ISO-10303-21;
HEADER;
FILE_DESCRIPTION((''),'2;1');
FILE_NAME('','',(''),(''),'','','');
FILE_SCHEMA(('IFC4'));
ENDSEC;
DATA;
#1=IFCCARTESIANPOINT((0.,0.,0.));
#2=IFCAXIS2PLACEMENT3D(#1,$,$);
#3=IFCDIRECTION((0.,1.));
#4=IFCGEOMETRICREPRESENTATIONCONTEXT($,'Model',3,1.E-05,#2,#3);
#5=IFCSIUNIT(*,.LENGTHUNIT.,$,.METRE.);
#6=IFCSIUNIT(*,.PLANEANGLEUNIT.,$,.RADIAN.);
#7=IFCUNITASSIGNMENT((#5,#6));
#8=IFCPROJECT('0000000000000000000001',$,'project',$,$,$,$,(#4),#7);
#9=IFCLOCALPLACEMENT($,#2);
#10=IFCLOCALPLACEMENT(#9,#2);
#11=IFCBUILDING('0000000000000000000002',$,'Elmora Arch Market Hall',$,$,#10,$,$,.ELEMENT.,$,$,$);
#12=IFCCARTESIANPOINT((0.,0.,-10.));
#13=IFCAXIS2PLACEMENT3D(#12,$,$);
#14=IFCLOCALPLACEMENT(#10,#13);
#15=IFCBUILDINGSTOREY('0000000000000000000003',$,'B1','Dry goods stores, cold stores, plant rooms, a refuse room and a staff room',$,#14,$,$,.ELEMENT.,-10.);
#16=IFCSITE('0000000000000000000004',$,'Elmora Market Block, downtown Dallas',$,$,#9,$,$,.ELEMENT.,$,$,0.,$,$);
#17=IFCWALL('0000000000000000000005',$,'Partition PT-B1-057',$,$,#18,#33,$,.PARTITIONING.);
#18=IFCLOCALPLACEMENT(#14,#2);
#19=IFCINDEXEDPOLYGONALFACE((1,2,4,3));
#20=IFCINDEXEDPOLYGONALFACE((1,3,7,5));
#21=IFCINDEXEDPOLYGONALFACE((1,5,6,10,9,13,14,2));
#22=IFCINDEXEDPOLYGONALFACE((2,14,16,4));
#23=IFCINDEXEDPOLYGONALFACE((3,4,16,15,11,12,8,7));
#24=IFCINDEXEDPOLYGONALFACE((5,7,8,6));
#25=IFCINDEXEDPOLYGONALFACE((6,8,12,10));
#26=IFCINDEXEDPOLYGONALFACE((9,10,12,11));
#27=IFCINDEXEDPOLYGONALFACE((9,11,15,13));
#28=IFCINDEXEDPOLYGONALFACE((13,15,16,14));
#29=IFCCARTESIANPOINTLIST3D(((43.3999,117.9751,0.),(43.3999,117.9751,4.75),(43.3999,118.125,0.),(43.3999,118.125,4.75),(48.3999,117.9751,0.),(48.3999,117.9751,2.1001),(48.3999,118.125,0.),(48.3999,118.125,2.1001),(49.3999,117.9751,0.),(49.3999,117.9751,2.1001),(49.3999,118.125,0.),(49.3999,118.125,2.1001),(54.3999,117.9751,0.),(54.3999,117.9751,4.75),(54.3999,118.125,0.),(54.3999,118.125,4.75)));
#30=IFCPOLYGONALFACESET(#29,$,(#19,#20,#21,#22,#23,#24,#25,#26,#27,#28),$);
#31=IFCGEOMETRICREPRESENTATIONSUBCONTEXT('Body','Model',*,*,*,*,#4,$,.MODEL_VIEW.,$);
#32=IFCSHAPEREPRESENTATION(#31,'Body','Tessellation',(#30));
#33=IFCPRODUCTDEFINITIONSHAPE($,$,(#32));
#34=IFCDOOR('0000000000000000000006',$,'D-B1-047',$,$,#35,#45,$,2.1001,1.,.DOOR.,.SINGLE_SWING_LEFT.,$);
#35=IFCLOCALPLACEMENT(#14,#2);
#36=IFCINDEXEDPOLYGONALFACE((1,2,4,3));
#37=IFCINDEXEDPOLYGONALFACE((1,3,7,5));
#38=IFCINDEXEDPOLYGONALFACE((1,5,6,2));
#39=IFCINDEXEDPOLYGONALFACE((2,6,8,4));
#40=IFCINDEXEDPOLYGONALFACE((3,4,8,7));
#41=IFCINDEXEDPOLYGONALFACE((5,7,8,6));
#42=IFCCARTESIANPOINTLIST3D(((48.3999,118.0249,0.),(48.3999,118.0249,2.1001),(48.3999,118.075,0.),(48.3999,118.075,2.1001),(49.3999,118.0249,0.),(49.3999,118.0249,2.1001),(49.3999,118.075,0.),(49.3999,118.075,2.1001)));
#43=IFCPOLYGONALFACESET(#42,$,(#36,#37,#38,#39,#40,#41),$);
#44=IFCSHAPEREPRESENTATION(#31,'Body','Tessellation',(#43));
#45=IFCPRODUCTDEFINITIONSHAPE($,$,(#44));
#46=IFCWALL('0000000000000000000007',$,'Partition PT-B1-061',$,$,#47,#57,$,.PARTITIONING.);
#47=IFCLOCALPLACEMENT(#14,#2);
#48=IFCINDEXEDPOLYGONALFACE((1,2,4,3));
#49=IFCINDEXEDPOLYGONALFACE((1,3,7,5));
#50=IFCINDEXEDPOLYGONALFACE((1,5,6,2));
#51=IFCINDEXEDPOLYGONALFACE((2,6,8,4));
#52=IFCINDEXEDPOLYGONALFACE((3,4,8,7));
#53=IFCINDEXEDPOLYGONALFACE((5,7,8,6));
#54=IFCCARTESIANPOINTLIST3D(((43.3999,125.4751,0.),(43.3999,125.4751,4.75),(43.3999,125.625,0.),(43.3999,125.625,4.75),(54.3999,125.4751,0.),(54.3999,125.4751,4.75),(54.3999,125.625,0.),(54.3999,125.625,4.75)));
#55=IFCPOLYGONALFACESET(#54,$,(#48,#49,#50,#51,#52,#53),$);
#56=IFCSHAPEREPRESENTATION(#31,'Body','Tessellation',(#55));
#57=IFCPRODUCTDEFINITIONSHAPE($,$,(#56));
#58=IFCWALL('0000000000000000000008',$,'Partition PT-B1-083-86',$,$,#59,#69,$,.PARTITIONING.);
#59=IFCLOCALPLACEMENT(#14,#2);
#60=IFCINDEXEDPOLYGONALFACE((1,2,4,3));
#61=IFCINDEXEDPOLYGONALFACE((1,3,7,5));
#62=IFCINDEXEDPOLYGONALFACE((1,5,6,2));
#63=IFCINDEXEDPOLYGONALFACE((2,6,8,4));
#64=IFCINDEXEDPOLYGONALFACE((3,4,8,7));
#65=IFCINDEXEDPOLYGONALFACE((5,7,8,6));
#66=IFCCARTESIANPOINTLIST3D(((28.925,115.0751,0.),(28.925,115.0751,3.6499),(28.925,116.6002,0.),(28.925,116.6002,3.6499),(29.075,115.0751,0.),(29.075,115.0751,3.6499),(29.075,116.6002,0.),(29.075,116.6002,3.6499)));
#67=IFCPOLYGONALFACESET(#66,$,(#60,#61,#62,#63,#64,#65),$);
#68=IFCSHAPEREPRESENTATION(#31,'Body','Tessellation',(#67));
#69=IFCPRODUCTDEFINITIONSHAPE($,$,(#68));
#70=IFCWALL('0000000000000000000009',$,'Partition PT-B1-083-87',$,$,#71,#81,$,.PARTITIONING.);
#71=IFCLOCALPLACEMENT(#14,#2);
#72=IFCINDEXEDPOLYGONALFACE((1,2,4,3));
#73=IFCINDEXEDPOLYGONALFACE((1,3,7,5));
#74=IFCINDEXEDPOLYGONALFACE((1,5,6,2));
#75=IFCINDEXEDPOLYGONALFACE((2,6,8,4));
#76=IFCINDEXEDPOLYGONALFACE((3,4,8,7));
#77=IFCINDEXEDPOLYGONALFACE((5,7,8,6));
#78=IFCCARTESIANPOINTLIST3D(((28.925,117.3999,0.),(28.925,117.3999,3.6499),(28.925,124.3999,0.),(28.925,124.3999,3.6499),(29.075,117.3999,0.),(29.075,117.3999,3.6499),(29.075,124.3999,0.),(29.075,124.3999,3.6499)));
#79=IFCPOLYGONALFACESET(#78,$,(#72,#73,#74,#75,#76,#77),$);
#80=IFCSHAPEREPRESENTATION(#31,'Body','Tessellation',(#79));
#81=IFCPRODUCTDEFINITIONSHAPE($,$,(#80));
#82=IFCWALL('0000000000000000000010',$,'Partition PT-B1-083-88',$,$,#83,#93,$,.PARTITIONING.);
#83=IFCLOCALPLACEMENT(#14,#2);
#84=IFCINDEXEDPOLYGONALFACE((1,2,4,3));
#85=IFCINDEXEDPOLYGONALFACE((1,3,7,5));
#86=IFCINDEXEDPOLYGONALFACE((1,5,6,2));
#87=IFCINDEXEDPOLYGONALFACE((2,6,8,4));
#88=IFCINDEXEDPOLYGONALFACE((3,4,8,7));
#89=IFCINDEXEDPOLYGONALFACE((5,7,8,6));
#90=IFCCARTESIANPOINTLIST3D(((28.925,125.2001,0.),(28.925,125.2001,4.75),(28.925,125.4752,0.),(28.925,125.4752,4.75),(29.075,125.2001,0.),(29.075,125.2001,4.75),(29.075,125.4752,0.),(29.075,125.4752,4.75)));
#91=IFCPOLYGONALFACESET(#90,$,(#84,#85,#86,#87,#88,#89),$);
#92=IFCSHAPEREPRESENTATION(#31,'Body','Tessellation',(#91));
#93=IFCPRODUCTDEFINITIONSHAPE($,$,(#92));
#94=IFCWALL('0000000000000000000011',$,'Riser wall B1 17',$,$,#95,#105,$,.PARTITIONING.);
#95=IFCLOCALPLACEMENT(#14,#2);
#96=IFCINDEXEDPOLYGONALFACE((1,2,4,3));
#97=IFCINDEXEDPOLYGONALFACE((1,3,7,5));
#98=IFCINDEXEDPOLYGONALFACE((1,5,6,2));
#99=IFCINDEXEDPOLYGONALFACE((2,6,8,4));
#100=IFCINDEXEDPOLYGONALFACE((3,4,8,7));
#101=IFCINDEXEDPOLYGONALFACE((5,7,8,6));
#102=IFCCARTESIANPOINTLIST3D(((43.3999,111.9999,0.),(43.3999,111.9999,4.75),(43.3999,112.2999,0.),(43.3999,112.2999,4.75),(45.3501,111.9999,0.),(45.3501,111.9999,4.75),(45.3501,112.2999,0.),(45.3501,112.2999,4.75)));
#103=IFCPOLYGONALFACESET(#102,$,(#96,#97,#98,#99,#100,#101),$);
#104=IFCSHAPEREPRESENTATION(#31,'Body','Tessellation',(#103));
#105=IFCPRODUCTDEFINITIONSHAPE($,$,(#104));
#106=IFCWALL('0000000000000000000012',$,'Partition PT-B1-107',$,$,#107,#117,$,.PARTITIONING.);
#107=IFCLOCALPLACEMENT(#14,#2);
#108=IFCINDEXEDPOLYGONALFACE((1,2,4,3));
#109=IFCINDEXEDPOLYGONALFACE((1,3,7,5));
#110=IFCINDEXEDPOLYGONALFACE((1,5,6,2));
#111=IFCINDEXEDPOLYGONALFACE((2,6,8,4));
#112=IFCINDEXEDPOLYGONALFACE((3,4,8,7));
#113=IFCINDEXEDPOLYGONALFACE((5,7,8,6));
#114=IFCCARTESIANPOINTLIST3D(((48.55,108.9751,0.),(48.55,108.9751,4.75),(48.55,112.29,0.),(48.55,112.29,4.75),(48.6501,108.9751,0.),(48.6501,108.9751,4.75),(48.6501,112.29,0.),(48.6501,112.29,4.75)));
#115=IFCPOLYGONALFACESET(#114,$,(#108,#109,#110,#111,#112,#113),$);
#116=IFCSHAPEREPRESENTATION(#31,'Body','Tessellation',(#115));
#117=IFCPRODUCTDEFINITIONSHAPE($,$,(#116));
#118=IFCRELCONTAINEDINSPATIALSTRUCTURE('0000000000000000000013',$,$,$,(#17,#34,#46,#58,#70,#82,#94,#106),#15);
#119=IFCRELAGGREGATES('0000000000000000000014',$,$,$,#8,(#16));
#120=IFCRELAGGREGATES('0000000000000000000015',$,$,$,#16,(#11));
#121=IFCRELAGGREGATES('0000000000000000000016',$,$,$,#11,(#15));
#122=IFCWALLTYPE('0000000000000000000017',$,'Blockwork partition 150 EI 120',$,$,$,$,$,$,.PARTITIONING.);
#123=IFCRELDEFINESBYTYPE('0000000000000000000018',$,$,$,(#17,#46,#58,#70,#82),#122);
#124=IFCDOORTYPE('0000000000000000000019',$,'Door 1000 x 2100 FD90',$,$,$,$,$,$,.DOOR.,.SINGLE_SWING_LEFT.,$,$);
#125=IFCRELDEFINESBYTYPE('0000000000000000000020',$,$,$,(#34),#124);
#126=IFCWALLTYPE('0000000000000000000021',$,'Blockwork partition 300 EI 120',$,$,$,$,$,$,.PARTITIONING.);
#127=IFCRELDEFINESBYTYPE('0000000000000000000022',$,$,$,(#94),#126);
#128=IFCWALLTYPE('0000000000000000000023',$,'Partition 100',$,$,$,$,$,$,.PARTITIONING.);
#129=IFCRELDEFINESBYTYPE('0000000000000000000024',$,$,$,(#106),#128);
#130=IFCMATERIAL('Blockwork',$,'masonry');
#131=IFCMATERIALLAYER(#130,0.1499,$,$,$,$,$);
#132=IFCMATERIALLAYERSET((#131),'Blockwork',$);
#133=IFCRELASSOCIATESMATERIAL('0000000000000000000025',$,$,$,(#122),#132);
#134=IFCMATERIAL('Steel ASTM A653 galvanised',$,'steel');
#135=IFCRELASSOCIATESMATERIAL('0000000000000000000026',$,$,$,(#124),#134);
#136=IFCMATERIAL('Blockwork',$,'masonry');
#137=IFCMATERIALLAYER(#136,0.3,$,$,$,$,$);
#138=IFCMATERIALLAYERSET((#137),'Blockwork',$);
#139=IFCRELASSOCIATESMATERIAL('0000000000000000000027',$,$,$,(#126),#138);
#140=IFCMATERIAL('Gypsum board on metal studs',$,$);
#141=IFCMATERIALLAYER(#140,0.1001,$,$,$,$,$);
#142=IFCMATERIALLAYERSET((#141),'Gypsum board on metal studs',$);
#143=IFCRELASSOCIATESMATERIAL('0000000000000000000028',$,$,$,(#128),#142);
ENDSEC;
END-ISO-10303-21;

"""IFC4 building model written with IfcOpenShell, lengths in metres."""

from ifc_helpers import new_model, si_unit, direction, frame, frame_2d, origin, place, context, subcontext, project, spatial, rectangle, extrude, material, layer, layer_set, type_object, element, fill, save


model = new_model("IFC4")

# Units and contexts
model_context = context("Model", 3, precision=1e-05, world=origin(), true_north=direction((0.0, 1.0)))
body_context = subcontext(model_context, "Body", "Model", "MODEL_VIEW")
ifc_project = project(units=[si_unit("LENGTHUNIT", "METRE"), si_unit("PLANEANGLEUNIT", "RADIAN")], contexts=[model_context])

# Site, building, storey
site_placement = place(None, origin())
site = spatial("IfcSite", under=ifc_project, at=site_placement, Name="Elmora Market Block, downtown Dallas", CompositionType="ELEMENT", RefElevation=0.0)
building_placement = place(site_placement, origin())
building = spatial("IfcBuilding", under=site, at=building_placement, Name="Elmora Arch Market Hall", CompositionType="ELEMENT")
storey_placement = place(building_placement, frame((0.0, 0.0, -10.0)))
storey = spatial("IfcBuildingStorey", under=building, at=storey_placement, Name="B1", Description="Dry goods stores, cold stores, plant rooms, a refuse room and a staff room", CompositionType="ELEMENT", Elevation=-10.0)

# Shared definitions
ifc_material_1 = material(Name="Blockwork", Category="masonry")
ifc_layer_1 = layer(ifc_material_1, 0.1499)
ifc_layer_set_1 = layer_set([ifc_layer_1], Name="Blockwork")
wall_type_1 = type_object("IfcWallType", Name="Blockwork partition 150 EI 120", PredefinedType="PARTITIONING", material=ifc_layer_set_1)

# Wall, opening, door
wall_1_placement = place(storey_placement, frame((43.3999, 118.05, 0.0), z_axis=(0.0, 0.0, 1.0), x_axis=(1.0, 0.0, 0.0)))
wall_1 = element("IfcWall", 1, at=wall_1_placement, inside=storey, type_object=wall_type_1, Name="Partition PT-B1-057", PredefinedType="PARTITIONING", context=body_context, shape_type="SweptSolid", body=[
    extrude(rectangle(XDim=11.0, YDim=0.1499, at=frame_2d((5.5, 0.0))), origin(), (0.0, 0.0, 1.0), 4.75),
])
opening_1_placement = place(wall_1_placement, frame((5.0, 0.0, 0.0)))
opening_1 = element("IfcOpeningElement", 2, at=opening_1_placement, cuts=wall_1, PredefinedType="OPENING", context=body_context, shape_type="SweptSolid", body=[
    extrude(rectangle(XDim=1.0, YDim=2.1001, at=frame_2d((0.5, 1.05))), frame((0.0, 0.085, 0.0), z_axis=(0.0, -1.0, 0.0), x_axis=(1.0, 0.0, 0.0)), (0.0, 0.0, 1.0), 0.1699),
])
ifc_material_2 = material(Name="Steel ASTM A653 galvanised", Category="steel")
door_type_1 = type_object("IfcDoorType", Name="Door 1000 x 2100 FD90", OperationType="SINGLE_SWING_LEFT", PredefinedType="DOOR", material=ifc_material_2)
door_1_placement = place(opening_1_placement, origin())
door_1 = element("IfcDoor", 3, at=door_1_placement, inside=storey, type_object=door_type_1, Name="D-B1-047", OperationType="SINGLE_SWING_LEFT", OverallHeight=2.1001, OverallWidth=1.0, PredefinedType="DOOR", context=body_context, shape_type="SweptSolid", body=[
    extrude(rectangle(XDim=1.0, YDim=2.1001, at=frame_2d((0.5, 1.05))), frame((0.0, 0.0249, 0.0), z_axis=(0.0, -1.0, 0.0), x_axis=(1.0, 0.0, 0.0)), (0.0, 0.0, 1.0), 0.05),
])
fill(opening_1, door_1)

# Walls
wall_2_placement = place(storey_placement, frame((43.3999, 125.55, 0.0), z_axis=(0.0, 0.0, 1.0), x_axis=(1.0, 0.0, 0.0)))
element("IfcWall", 4, at=wall_2_placement, inside=storey, type_object=wall_type_1, Name="Partition PT-B1-061", PredefinedType="PARTITIONING", context=body_context, shape_type="SweptSolid", body=[
    extrude(rectangle(XDim=11.0, YDim=0.1499, at=frame_2d((5.5, 0.0))), origin(), (0.0, 0.0, 1.0), 4.75),
])
wall_3_placement = place(storey_placement, frame((29.0, 115.075, 0.0), z_axis=(0.0, 0.0, 1.0), x_axis=(0.0, 1.0, 0.0)))
element("IfcWall", 5, at=wall_3_placement, inside=storey, type_object=wall_type_1, Name="Partition PT-B1-083-86", PredefinedType="PARTITIONING", context=body_context, shape_type="SweptSolid", body=[
    extrude(rectangle(XDim=1.5251, YDim=0.1499, at=frame_2d((0.7627, 0.0))), origin(), (0.0, 0.0, 1.0), 3.6499),
])
wall_4_placement = place(storey_placement, frame((29.0, 117.3999, 0.0), z_axis=(0.0, 0.0, 1.0), x_axis=(0.0, 1.0, 0.0)))
element("IfcWall", 6, at=wall_4_placement, inside=storey, type_object=wall_type_1, Name="Partition PT-B1-083-87", PredefinedType="PARTITIONING", context=body_context, shape_type="SweptSolid", body=[
    extrude(rectangle(XDim=7.0, YDim=0.1499, at=frame_2d((3.5, 0.0))), origin(), (0.0, 0.0, 1.0), 3.6499),
])
wall_5_placement = place(storey_placement, frame((29.0, 125.2, 0.0), z_axis=(0.0, 0.0, 1.0), x_axis=(0.0, 1.0, 0.0)))
element("IfcWall", 7, at=wall_5_placement, inside=storey, type_object=wall_type_1, Name="Partition PT-B1-083-88", PredefinedType="PARTITIONING", context=body_context, shape_type="SweptSolid", body=[
    extrude(rectangle(XDim=0.2751, YDim=0.1499, at=frame_2d((0.1377, 0.0))), origin(), (0.0, 0.0, 1.0), 4.75),
])
ifc_material_3 = material(Name="Blockwork", Category="masonry")
ifc_layer_2 = layer(ifc_material_3, 0.3)
ifc_layer_set_2 = layer_set([ifc_layer_2], Name="Blockwork")
wall_type_2 = type_object("IfcWallType", Name="Blockwork partition 300 EI 120", PredefinedType="PARTITIONING", material=ifc_layer_set_2)
wall_6_placement = place(storey_placement, frame((43.3999, 112.1499, 0.0), z_axis=(0.0, 0.0, 1.0), x_axis=(1.0, 0.0, 0.0)))
element("IfcWall", 8, at=wall_6_placement, inside=storey, type_object=wall_type_2, Name="Riser wall B1 17", PredefinedType="PARTITIONING", context=body_context, shape_type="SweptSolid", body=[
    extrude(rectangle(XDim=1.9502, YDim=0.3, at=frame_2d((0.9751, 0.0))), origin(), (0.0, 0.0, 1.0), 4.75),
])
ifc_material_4 = material(Name="Gypsum board on metal studs")
ifc_layer_3 = layer(ifc_material_4, 0.1001)
ifc_layer_set_3 = layer_set([ifc_layer_3], Name="Gypsum board on metal studs")
wall_type_3 = type_object("IfcWallType", Name="Partition 100", PredefinedType="PARTITIONING", material=ifc_layer_set_3)
wall_7_placement = place(storey_placement, frame((48.6001, 108.9751, 0.0), z_axis=(0.0, 0.0, 1.0), x_axis=(0.0, 1.0, 0.0)))
element("IfcWall", 9, at=wall_7_placement, inside=storey, type_object=wall_type_3, Name="Partition PT-B1-107", PredefinedType="PARTITIONING", context=body_context, shape_type="SweptSolid", body=[
    extrude(rectangle(XDim=3.3149, YDim=0.1001, at=frame_2d((1.6575, 0.0))), origin(), (0.0, 0.0, 1.0), 4.75),
])

save(model, "model.ifc")
